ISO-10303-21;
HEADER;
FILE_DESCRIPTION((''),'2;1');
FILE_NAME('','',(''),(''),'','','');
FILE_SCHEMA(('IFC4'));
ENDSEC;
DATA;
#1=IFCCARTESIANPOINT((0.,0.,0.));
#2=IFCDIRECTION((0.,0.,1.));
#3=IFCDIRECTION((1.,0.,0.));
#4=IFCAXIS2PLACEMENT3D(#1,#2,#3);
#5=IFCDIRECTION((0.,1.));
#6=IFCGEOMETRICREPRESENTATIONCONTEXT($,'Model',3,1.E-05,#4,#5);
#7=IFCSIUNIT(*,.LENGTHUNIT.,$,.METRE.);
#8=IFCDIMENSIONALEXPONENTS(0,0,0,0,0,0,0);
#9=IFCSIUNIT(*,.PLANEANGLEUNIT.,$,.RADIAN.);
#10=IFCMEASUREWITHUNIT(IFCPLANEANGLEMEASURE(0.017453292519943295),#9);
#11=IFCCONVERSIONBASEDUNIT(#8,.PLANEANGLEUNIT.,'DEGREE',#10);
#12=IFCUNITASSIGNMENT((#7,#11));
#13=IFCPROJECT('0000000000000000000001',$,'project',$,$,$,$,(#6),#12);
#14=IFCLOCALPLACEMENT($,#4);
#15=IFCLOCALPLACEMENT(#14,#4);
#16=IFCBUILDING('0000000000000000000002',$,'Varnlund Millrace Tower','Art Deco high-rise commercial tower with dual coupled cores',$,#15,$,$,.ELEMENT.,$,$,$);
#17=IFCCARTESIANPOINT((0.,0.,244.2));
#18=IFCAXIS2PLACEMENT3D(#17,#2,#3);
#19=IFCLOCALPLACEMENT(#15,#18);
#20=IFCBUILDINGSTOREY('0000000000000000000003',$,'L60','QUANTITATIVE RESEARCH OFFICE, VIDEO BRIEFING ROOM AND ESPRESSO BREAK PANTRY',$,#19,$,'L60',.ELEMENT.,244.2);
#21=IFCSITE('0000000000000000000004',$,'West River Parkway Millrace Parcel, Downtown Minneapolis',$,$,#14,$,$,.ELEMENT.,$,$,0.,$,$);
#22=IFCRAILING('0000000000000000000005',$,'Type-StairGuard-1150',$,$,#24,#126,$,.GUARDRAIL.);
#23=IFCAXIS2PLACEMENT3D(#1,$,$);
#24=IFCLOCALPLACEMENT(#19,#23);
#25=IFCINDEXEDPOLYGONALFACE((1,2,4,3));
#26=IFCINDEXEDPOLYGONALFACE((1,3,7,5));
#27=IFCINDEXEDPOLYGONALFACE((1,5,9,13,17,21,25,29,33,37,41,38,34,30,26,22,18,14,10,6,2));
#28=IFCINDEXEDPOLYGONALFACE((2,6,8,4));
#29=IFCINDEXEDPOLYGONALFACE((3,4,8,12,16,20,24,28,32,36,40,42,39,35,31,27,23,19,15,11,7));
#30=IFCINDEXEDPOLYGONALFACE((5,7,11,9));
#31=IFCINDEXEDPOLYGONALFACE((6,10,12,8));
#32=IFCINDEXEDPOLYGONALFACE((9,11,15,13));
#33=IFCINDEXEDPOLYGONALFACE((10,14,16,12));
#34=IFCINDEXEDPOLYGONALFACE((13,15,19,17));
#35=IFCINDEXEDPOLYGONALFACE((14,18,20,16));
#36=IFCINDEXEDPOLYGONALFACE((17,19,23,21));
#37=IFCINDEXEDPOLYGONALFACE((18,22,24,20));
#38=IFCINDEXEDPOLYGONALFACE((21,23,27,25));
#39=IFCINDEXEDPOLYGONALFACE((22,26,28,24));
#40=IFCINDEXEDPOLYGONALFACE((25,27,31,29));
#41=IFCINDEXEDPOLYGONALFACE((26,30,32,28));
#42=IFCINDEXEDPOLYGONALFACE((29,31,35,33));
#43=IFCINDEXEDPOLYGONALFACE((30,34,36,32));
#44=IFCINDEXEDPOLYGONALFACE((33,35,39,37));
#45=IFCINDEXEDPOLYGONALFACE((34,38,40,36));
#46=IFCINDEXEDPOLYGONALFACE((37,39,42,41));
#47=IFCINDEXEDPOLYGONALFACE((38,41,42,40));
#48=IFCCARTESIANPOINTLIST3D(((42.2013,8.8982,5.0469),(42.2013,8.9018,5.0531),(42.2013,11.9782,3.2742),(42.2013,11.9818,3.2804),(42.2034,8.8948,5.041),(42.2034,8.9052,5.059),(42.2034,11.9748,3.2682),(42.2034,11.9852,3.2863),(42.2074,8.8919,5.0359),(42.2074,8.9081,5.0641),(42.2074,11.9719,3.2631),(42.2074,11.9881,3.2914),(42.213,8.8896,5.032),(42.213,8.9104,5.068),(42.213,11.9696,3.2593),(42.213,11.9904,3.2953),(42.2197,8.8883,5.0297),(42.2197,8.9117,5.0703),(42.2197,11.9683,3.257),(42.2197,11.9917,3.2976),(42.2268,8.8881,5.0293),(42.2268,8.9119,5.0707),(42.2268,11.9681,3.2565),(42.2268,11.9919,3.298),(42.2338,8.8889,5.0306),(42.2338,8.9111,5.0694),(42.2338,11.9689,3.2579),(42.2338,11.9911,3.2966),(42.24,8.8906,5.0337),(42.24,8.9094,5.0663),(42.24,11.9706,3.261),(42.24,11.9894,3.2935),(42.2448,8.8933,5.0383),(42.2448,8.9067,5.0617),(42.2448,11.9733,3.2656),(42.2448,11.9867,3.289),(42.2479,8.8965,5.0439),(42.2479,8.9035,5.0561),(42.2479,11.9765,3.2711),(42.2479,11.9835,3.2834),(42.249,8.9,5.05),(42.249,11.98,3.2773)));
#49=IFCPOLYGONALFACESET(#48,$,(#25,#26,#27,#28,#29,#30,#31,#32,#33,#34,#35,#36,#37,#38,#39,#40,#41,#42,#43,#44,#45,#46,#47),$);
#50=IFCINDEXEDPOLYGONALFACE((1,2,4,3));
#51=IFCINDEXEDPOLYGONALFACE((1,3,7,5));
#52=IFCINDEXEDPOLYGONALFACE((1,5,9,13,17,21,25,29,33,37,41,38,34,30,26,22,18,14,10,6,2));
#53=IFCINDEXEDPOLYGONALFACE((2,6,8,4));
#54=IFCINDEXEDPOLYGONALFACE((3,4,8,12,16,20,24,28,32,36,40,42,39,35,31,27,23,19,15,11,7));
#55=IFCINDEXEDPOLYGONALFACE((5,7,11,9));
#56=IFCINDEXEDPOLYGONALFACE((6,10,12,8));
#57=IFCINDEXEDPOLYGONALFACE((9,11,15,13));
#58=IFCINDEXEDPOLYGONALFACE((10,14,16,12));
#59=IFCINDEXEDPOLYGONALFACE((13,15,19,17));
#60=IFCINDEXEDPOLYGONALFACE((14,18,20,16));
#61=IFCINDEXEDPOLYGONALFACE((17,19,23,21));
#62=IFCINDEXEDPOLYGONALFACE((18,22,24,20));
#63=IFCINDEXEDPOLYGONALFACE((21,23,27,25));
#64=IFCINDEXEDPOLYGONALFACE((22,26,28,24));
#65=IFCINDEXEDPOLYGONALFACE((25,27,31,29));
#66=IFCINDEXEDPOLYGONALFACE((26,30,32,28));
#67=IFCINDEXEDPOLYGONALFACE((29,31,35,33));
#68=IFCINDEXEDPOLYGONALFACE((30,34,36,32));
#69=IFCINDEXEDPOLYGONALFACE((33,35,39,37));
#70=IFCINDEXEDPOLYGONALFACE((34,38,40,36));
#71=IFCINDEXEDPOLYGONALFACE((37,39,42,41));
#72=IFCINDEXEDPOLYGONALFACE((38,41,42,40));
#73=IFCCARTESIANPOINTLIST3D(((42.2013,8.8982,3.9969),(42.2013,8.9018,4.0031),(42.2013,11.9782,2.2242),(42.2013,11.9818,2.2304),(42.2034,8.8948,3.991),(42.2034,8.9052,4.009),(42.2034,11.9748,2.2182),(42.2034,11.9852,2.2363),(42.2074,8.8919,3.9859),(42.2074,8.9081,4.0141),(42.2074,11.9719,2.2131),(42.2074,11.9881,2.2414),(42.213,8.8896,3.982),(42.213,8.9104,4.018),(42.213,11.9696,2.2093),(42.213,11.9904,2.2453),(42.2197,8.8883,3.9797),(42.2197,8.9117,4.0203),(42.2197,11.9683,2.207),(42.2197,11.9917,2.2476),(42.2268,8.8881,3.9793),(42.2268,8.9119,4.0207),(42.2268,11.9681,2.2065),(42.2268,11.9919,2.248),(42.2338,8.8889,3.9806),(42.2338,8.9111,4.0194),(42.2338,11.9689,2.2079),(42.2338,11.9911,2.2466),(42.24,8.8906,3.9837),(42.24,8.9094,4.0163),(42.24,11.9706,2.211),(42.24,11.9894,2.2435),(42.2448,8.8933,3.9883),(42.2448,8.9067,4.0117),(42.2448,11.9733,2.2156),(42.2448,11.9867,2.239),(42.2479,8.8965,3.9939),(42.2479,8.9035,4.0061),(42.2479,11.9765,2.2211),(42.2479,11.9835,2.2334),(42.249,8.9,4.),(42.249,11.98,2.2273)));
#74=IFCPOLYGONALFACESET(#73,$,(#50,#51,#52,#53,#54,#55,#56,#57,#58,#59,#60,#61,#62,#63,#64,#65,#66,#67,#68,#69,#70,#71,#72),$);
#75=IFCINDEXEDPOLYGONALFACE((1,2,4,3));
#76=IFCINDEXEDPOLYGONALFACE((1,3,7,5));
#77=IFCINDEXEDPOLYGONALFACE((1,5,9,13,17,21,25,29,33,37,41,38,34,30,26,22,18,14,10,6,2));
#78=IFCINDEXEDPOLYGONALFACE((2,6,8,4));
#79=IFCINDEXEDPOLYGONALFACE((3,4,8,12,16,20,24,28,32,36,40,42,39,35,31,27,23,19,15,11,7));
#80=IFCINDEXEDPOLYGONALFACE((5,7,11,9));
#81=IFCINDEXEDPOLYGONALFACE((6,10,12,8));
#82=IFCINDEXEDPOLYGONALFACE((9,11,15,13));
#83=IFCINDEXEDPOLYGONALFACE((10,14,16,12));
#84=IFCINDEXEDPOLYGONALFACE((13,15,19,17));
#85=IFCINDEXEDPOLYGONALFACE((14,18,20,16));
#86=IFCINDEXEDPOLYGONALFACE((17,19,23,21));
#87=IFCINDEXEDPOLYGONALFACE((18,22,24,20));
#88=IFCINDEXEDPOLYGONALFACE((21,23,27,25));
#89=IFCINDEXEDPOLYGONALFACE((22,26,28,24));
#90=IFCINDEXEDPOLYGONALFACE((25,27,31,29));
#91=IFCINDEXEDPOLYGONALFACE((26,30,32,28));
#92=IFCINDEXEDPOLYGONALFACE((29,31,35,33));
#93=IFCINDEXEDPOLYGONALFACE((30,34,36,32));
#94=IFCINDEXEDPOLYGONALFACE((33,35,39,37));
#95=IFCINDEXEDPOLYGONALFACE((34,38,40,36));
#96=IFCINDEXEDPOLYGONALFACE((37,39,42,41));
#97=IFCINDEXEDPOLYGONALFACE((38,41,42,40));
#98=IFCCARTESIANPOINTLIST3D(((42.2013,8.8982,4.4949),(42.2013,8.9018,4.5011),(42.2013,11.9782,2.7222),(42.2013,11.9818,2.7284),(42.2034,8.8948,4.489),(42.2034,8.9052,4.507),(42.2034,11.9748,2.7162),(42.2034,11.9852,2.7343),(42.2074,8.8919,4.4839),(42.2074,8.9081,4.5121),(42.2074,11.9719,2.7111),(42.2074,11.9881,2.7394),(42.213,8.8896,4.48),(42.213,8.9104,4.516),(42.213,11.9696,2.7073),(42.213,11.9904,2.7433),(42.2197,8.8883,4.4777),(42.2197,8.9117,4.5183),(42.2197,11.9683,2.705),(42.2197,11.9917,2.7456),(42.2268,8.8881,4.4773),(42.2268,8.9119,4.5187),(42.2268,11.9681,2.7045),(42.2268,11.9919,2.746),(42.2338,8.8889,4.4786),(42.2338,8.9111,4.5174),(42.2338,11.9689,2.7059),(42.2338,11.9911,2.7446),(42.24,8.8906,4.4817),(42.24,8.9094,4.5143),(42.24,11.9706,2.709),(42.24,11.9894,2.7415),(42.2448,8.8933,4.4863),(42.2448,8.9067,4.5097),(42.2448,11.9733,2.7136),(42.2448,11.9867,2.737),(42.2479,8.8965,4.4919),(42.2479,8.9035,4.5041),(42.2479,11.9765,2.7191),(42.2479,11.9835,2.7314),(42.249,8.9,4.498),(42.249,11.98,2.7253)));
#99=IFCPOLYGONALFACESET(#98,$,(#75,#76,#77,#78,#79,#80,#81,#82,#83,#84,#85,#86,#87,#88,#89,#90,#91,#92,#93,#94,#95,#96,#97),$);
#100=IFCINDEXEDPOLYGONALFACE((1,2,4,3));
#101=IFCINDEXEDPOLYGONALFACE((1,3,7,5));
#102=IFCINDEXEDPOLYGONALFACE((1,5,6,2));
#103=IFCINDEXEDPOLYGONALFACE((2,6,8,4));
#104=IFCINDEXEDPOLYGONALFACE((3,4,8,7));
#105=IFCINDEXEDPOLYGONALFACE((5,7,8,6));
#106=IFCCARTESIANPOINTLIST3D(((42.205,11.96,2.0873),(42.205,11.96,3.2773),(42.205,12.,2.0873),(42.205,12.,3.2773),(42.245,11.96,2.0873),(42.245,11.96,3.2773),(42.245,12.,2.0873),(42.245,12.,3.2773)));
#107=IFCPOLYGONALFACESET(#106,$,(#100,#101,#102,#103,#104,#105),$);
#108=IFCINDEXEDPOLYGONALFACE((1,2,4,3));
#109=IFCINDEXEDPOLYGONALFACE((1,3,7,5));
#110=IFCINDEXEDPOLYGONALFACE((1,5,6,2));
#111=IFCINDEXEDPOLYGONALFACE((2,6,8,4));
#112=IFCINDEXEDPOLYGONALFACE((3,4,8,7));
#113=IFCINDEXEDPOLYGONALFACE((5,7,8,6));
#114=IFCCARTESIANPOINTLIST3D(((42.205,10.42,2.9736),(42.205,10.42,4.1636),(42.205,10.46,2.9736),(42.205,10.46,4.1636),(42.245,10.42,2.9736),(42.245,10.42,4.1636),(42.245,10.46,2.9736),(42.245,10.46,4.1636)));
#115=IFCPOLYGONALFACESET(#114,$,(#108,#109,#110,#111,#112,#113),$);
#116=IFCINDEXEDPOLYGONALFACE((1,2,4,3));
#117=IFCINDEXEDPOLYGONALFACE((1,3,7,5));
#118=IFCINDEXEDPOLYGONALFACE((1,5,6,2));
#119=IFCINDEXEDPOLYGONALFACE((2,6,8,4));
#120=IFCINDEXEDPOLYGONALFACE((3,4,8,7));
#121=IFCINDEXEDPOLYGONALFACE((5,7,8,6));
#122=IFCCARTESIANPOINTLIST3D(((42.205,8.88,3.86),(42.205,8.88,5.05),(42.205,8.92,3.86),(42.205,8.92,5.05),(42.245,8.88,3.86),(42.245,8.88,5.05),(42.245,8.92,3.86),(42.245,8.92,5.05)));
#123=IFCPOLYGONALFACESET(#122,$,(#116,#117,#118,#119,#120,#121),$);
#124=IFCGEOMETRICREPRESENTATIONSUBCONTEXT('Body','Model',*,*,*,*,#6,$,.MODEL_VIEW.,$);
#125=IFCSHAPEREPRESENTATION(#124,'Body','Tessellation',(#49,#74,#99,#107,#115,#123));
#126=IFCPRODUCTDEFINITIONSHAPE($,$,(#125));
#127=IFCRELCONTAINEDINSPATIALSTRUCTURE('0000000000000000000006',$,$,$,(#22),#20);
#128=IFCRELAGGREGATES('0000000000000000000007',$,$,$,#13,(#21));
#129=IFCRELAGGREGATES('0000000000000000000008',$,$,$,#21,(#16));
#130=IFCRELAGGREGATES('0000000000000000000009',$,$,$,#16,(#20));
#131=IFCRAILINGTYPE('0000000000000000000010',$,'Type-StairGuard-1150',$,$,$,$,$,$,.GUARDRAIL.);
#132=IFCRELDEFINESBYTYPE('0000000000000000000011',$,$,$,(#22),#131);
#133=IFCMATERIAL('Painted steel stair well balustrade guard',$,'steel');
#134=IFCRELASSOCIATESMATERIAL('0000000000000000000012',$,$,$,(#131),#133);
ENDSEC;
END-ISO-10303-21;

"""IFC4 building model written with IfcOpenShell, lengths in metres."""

from ifc_helpers import new_model, entity, si_unit, converted_unit, direction, frame, origin_with_axes, origin_2d_with_axis, place, context, subcontext, project, spatial, rectangle, circle, extrude, material, type_object, element, save


model = new_model("IFC4")

# Units and contexts
model_context = context("Model", 3, precision=1e-05, world=origin_with_axes(), true_north=direction((0.0, 1.0)))
body_context = subcontext(model_context, "Body", "Model", "MODEL_VIEW")
ifc_project = project(units=[si_unit("LENGTHUNIT", "METRE"), converted_unit("PLANEANGLEUNIT", "DEGREE", entity("IfcPlaneAngleMeasure", 0.017453292519943295), si_unit("PLANEANGLEUNIT", "RADIAN"), dimensions=[0, 0, 0, 0, 0, 0, 0])], contexts=[model_context])

# Site, building, storey
site_placement = place(None, origin_with_axes())
site = spatial("IfcSite", under=ifc_project, at=site_placement, Name="West River Parkway Millrace Parcel, Downtown Minneapolis", CompositionType="ELEMENT", RefElevation=0.0)
building_placement = place(site_placement, origin_with_axes())
building = spatial("IfcBuilding", under=site, at=building_placement, Name="Varnlund Millrace Tower", Description="Art Deco high-rise commercial tower with dual coupled cores", CompositionType="ELEMENT")
storey_placement = place(building_placement, frame((0.0, 0.0, 244.2), z_axis=(0.0, 0.0, 1.0), x_axis=(1.0, 0.0, 0.0)))
storey = spatial("IfcBuildingStorey", under=building, at=storey_placement, Name="L60", Description="QUANTITATIVE RESEARCH OFFICE, VIDEO BRIEFING ROOM AND ESPRESSO BREAK PANTRY", LongName="L60", CompositionType="ELEMENT", Elevation=244.2)

# Railing
ifc_material_1 = material(Name="Painted steel stair well balustrade guard", Category="steel")
railing_type_1 = type_object("IfcRailingType", Name="Type-StairGuard-1150", PredefinedType="GUARDRAIL", material=ifc_material_1)
railing_1_placement = place(storey_placement, frame((0.0, 0.0, -244.2), z_axis=(0.0, 0.0, 1.0), x_axis=(1.0, 0.0, 0.0)))
element("IfcRailing", 1, at=railing_1_placement, inside=storey, type_object=railing_type_1, Name="Type-StairGuard-1150", PredefinedType="GUARDRAIL", context=body_context, shape_type="SweptSolid", body=[
    extrude(circle(Radius=0.024, at=origin_2d_with_axis()), frame((42.225, 11.98, 247.4773), z_axis=(0.0, -0.866696, 0.498836), x_axis=(1.0, 0.0, 0.0)), (0.0, 0.0, 1.0), 3.5537),
    extrude(circle(Radius=0.024, at=origin_2d_with_axis()), frame((42.225, 11.98, 246.4273), z_axis=(0.0, -0.866696, 0.498836), x_axis=(1.0, 0.0, 0.0)), (0.0, 0.0, 1.0), 3.5537),
    extrude(circle(Radius=0.024, at=origin_2d_with_axis()), frame((42.225, 11.98, 246.9253), z_axis=(0.0, -0.866696, 0.498836), x_axis=(1.0, 0.0, 0.0)), (0.0, 0.0, 1.0), 3.5537),
    extrude(rectangle(XDim=0.04, YDim=0.04, at=origin_2d_with_axis()), frame((42.225, 11.98, 246.2873), z_axis=(0.0, 0.0, 1.0), x_axis=(1.0, 0.0, 0.0)), (0.0, 0.0, 1.0), 1.19),
    extrude(rectangle(XDim=0.04, YDim=0.04, at=origin_2d_with_axis()), frame((42.225, 10.44, 247.1736), z_axis=(0.0, 0.0, 1.0), x_axis=(1.0, 0.0, 0.0)), (0.0, 0.0, 1.0), 1.19),
    extrude(rectangle(XDim=0.04, YDim=0.04, at=origin_2d_with_axis()), frame((42.225, 8.9, 248.06), z_axis=(0.0, 0.0, 1.0), x_axis=(1.0, 0.0, 0.0)), (0.0, 0.0, 1.0), 1.19),
])

save(model, "model.ifc")
